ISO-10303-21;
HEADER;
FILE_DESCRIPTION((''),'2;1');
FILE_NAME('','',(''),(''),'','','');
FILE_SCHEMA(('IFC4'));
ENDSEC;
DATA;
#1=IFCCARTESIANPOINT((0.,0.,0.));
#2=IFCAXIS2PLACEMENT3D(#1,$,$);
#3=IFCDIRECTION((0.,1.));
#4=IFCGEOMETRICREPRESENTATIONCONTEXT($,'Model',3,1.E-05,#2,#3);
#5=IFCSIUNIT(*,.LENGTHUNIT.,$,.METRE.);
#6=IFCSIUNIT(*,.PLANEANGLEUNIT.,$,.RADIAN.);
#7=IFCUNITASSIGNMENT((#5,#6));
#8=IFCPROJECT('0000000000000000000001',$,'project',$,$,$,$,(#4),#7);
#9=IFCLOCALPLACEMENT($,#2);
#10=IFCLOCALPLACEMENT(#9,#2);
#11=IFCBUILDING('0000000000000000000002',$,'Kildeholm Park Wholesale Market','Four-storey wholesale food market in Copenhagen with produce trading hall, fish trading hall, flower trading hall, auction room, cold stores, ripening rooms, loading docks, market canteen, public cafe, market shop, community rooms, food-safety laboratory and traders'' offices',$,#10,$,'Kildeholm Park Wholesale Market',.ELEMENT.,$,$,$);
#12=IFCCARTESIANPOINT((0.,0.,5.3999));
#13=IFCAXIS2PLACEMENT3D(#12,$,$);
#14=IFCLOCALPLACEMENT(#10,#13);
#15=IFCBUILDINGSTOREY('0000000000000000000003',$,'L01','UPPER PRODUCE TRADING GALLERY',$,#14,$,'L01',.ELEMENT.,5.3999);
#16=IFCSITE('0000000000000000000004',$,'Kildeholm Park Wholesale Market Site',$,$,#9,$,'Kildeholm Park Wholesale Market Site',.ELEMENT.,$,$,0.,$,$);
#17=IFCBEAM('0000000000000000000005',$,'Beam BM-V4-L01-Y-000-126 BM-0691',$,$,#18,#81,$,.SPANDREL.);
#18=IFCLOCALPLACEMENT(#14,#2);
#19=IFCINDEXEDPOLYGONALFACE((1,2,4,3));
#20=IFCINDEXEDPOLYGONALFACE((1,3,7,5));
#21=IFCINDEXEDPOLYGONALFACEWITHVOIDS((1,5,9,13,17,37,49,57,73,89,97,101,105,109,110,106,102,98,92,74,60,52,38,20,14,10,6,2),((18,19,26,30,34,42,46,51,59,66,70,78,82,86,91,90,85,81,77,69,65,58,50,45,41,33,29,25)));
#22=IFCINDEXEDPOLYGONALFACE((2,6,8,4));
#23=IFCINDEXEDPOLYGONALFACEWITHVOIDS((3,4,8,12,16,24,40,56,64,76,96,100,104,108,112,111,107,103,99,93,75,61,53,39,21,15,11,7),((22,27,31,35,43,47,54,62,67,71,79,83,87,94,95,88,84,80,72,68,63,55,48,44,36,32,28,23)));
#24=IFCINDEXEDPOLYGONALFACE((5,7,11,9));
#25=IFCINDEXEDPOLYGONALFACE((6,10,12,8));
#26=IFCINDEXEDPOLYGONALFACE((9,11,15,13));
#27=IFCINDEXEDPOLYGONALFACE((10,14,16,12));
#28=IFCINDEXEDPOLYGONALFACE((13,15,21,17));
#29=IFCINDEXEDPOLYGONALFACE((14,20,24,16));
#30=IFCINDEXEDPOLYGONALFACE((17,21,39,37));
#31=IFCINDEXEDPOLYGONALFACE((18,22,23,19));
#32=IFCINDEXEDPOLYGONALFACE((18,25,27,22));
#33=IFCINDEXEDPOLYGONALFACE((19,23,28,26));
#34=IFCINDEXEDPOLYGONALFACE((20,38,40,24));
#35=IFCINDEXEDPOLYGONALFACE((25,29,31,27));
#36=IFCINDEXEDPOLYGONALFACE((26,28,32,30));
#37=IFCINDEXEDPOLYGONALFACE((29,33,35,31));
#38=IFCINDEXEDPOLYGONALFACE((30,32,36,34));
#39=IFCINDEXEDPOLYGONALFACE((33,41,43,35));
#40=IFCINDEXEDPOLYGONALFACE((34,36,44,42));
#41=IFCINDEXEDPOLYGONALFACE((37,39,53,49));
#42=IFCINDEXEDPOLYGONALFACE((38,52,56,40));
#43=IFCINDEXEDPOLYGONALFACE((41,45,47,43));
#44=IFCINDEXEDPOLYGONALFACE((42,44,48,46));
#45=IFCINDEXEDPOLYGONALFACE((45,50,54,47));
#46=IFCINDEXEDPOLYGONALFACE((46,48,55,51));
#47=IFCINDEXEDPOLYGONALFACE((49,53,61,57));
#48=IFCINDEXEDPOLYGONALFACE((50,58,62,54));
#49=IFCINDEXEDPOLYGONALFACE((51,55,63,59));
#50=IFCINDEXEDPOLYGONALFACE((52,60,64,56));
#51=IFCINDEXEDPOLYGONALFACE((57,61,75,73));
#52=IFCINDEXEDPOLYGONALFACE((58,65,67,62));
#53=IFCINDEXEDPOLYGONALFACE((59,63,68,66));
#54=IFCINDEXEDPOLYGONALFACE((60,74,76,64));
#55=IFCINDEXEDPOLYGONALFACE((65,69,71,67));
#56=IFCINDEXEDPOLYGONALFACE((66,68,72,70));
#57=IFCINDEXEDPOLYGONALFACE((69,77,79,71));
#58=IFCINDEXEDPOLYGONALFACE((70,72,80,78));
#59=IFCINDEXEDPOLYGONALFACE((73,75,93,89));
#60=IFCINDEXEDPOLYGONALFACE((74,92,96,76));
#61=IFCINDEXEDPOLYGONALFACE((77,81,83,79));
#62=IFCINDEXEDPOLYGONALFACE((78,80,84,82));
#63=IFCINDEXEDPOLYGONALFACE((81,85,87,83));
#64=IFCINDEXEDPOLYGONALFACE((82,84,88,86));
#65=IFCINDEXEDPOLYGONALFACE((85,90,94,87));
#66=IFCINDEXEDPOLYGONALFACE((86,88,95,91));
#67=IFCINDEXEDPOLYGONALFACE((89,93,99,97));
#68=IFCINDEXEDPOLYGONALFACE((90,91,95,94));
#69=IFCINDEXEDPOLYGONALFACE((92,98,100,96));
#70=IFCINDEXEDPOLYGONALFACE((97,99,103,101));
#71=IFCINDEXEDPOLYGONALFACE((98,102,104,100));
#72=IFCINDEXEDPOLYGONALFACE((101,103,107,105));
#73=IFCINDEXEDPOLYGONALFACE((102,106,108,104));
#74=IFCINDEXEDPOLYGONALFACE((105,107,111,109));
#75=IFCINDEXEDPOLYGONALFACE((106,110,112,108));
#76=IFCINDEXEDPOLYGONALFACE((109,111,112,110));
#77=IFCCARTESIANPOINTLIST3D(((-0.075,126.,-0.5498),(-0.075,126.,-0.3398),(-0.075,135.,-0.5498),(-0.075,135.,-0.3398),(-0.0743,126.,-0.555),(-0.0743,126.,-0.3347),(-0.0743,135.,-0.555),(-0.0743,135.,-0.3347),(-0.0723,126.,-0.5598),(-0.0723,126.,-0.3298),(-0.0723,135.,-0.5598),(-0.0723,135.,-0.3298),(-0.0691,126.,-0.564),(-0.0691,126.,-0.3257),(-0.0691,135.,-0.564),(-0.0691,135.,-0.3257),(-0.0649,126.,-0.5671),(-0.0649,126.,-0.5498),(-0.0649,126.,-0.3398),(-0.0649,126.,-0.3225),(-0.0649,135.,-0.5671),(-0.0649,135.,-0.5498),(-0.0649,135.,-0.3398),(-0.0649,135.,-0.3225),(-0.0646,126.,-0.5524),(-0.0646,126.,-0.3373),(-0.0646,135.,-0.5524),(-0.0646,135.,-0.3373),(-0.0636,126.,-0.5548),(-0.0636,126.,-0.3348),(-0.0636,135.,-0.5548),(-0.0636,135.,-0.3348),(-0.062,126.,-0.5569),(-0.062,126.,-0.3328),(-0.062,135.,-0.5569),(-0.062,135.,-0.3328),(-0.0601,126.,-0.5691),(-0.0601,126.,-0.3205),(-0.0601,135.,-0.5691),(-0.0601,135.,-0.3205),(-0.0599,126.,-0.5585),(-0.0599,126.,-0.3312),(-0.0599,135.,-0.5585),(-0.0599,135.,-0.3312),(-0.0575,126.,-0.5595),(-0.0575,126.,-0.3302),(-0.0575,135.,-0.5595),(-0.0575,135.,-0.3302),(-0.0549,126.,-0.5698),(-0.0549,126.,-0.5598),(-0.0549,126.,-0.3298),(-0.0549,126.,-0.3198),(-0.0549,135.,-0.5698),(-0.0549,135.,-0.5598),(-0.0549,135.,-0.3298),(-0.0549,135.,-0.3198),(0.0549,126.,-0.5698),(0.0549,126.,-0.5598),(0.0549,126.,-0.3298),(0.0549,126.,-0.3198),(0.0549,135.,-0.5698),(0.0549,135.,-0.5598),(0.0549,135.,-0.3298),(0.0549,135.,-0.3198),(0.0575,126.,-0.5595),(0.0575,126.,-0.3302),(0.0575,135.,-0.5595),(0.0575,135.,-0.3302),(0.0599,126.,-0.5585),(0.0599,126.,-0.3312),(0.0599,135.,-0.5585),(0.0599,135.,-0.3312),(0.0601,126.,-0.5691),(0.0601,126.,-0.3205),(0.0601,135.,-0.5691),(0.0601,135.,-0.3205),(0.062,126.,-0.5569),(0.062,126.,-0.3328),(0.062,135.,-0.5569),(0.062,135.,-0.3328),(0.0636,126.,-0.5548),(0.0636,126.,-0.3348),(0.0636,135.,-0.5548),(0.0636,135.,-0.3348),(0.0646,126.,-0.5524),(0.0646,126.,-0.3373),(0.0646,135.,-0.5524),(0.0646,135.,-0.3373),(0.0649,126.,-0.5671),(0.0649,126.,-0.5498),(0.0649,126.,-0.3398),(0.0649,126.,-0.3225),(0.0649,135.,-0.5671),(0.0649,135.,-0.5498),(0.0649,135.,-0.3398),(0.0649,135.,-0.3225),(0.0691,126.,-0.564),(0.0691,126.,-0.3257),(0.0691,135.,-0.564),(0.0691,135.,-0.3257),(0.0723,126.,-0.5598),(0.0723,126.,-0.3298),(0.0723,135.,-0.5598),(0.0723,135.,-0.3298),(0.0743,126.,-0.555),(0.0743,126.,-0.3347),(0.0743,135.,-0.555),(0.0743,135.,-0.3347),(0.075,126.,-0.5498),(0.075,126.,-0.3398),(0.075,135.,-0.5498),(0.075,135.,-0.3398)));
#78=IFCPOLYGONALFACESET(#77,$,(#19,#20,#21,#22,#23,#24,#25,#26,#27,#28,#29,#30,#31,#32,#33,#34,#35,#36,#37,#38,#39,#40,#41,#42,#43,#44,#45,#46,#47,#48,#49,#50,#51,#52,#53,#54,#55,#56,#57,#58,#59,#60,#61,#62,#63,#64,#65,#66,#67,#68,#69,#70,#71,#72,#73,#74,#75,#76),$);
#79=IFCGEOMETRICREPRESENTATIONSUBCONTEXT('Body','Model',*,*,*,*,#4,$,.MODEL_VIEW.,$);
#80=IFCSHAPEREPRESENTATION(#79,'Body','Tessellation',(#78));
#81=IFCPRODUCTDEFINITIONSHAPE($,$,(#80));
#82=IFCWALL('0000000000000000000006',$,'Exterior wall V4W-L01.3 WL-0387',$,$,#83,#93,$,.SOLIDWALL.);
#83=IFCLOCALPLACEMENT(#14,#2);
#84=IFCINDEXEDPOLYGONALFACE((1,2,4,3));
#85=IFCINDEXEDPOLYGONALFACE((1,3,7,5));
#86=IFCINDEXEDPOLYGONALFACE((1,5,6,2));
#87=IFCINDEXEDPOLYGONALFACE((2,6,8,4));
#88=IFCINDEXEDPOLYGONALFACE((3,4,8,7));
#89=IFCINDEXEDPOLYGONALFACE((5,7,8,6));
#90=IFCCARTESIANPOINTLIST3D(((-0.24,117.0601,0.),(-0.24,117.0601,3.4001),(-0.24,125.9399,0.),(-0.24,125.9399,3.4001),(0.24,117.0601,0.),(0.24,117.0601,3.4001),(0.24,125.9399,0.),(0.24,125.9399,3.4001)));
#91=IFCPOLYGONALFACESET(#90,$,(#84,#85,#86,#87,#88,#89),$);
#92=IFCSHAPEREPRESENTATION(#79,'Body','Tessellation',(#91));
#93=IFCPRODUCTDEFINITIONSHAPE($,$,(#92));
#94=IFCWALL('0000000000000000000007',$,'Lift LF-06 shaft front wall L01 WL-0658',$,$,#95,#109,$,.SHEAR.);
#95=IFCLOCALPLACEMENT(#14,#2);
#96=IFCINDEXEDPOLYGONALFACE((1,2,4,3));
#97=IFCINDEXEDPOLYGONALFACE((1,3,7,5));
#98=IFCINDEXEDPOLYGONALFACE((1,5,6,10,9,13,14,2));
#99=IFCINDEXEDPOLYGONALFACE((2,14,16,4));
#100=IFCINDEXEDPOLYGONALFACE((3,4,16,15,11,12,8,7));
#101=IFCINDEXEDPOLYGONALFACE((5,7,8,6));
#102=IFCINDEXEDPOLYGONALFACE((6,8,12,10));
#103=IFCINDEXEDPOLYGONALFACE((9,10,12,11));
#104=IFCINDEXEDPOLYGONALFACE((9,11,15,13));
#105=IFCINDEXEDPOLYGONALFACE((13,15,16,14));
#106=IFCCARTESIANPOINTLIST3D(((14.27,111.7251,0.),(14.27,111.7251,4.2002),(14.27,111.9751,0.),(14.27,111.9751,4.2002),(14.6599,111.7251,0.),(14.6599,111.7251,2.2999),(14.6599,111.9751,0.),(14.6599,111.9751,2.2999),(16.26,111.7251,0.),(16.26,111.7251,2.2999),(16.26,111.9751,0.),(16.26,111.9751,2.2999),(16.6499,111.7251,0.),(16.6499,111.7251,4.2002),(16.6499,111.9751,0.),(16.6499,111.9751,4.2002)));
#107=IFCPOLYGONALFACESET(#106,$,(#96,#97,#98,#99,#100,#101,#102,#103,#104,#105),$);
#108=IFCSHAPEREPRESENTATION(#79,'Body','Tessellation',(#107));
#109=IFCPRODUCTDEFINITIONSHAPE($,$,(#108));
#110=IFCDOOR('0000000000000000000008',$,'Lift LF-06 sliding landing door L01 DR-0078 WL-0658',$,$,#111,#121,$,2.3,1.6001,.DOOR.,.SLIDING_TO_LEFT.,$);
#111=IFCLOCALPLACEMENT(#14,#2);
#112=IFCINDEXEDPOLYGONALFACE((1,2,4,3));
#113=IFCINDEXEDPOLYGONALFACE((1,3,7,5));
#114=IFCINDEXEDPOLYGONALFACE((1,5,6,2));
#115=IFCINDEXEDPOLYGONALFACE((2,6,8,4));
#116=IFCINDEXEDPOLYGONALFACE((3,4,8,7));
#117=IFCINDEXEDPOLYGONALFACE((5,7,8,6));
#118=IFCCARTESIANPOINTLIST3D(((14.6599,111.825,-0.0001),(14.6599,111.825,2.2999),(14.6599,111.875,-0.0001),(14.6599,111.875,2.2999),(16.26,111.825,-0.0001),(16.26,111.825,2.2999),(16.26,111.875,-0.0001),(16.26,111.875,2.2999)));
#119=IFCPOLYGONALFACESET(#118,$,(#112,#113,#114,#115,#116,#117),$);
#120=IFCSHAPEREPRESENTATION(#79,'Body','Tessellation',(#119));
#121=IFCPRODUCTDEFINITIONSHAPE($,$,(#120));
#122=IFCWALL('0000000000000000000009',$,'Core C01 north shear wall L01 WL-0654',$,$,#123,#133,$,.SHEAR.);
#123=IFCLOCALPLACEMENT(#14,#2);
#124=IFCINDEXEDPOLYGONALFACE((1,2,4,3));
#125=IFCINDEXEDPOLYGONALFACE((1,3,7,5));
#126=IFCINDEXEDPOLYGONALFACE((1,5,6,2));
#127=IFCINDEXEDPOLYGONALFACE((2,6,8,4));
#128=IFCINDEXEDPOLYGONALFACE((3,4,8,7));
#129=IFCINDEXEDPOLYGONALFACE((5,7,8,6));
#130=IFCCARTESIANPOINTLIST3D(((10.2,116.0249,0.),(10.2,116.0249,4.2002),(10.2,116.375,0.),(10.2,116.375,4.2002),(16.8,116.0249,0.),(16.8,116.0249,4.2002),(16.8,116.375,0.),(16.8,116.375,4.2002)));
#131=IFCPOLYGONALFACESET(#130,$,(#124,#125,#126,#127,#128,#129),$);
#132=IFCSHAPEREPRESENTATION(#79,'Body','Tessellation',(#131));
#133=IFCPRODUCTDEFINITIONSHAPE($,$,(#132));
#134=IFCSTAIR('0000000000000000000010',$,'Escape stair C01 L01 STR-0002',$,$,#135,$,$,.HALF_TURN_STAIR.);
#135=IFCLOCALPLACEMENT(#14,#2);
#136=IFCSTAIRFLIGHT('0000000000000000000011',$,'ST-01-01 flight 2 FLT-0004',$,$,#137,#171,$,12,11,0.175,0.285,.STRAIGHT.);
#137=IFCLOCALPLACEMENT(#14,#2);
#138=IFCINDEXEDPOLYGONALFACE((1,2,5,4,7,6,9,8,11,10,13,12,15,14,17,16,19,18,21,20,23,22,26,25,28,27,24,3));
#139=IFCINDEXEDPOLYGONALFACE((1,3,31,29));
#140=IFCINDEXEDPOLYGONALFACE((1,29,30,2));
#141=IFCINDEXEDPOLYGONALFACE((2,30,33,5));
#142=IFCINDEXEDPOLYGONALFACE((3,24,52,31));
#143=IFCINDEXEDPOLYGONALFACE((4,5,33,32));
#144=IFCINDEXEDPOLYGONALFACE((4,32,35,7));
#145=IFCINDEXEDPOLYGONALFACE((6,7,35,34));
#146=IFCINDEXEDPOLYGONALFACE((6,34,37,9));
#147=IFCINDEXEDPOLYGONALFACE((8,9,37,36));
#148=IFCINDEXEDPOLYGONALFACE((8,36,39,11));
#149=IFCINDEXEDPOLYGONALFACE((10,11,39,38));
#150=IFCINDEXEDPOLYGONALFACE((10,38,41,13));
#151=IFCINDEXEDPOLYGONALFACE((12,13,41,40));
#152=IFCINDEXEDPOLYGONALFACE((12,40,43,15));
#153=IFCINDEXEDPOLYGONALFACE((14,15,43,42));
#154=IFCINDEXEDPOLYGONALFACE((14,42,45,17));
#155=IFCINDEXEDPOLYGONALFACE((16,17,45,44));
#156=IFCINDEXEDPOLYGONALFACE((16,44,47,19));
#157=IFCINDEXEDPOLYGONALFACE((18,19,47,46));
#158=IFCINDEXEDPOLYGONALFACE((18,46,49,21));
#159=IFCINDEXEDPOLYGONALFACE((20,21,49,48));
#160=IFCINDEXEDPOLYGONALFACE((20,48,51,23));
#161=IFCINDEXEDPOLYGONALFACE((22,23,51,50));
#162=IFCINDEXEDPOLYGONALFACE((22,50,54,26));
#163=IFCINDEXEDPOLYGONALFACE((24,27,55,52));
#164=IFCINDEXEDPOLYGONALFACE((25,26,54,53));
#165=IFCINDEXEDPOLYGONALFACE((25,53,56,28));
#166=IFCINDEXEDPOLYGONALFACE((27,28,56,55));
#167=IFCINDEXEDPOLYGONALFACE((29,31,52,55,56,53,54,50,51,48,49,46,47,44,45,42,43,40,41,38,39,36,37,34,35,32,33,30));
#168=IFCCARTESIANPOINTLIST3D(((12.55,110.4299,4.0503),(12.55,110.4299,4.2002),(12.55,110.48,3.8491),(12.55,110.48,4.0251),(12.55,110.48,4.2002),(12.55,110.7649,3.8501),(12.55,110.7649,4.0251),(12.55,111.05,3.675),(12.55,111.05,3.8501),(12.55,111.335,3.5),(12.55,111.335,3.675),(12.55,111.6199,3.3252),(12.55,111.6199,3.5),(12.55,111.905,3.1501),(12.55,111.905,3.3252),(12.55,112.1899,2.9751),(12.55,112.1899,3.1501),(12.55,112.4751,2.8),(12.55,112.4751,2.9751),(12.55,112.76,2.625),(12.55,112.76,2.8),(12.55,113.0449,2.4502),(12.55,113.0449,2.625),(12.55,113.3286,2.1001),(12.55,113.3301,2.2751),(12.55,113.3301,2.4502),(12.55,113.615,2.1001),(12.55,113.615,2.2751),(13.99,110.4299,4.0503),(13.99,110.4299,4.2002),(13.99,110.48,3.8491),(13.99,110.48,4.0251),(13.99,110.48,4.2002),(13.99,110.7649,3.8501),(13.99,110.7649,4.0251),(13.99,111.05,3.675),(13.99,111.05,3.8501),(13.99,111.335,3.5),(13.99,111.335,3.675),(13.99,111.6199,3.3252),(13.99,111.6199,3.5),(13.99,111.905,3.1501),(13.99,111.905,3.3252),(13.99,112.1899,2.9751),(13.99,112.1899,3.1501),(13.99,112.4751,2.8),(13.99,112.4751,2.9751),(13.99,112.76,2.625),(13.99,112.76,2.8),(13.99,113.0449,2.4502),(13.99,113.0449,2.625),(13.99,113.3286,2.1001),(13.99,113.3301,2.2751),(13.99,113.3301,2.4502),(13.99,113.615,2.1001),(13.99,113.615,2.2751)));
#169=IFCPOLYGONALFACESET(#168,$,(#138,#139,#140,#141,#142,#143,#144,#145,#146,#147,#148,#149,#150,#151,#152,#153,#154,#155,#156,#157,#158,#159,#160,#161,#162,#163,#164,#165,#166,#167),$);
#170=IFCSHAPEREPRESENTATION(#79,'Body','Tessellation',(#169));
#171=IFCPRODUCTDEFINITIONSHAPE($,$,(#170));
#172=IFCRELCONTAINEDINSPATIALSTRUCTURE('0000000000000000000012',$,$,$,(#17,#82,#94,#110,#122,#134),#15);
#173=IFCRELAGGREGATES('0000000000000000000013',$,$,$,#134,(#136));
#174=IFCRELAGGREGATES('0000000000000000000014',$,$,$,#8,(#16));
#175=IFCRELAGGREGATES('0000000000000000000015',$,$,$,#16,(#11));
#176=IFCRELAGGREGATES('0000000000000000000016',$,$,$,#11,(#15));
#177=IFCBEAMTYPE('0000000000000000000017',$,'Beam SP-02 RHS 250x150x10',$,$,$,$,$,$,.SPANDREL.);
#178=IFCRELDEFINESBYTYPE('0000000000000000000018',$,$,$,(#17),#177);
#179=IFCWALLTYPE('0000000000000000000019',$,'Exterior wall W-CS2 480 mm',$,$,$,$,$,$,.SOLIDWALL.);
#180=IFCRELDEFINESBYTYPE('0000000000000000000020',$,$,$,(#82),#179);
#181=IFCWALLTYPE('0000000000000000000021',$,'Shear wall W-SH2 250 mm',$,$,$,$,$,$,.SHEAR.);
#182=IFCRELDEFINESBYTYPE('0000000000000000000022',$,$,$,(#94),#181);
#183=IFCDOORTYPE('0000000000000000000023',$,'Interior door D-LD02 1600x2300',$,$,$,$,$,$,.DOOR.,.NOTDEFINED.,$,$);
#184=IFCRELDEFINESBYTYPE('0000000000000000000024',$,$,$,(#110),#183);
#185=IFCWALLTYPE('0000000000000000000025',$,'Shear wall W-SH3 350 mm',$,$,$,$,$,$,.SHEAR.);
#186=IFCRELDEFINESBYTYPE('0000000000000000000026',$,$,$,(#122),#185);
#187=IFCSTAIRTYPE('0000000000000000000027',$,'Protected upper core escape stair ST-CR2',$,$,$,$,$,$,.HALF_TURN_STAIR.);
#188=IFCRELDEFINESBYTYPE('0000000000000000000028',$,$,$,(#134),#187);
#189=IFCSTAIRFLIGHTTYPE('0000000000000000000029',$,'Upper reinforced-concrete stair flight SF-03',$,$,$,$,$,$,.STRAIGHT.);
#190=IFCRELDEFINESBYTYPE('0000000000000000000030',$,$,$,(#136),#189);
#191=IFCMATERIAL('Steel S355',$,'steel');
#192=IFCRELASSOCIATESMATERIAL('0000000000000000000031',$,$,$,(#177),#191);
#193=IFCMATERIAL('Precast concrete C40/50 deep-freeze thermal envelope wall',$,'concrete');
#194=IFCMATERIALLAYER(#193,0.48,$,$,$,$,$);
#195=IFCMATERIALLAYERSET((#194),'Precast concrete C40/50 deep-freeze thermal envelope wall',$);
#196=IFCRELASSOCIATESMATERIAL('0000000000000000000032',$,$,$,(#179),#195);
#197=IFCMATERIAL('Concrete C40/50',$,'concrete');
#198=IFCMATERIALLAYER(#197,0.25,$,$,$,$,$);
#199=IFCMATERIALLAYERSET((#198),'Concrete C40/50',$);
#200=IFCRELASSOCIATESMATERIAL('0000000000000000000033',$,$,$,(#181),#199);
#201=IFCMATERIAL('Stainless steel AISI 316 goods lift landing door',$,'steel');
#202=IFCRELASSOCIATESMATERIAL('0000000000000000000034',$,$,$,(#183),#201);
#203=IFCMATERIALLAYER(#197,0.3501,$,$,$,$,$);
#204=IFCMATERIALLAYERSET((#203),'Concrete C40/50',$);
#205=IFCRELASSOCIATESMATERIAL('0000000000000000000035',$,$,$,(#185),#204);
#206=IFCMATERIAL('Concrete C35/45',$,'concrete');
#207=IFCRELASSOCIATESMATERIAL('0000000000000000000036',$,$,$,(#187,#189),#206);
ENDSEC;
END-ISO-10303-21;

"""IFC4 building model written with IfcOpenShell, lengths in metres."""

from ifc_helpers import new_model, si_unit, direction, frame, frame_2d, origin, origin_2d, place, context, subcontext, project, spatial, polyline, rectangle, hollow_rectangle, outline, extrude, material, layer, layer_set, material_profile, profile_set, type_object, element, fill, aggregate, save


model = new_model("IFC4")

# Units and contexts
model_context = context("Model", 3, precision=1e-05, world=origin(), true_north=direction((0.0, 1.0)))
body_context = subcontext(model_context, "Body", "Model", "MODEL_VIEW")
ifc_project = project(units=[si_unit("LENGTHUNIT", "METRE"), si_unit("PLANEANGLEUNIT", "RADIAN")], contexts=[model_context])

# Site, building, storey
site_placement = place(None, origin())
site = spatial("IfcSite", under=ifc_project, at=site_placement, Name="Kildeholm Park Wholesale Market Site", LongName="Kildeholm Park Wholesale Market Site", CompositionType="ELEMENT", RefElevation=0.0)
building_placement = place(site_placement, origin())
building = spatial("IfcBuilding", under=site, at=building_placement, Name="Kildeholm Park Wholesale Market", Description="Four-storey wholesale food market in Copenhagen with produce trading hall, fish trading hall, flower trading hall, auction room, cold stores, ripening rooms, loading docks, market canteen, public cafe, market shop, community rooms, food-safety laboratory and traders' offices", LongName="Kildeholm Park Wholesale Market", CompositionType="ELEMENT")
storey_placement = place(building_placement, frame((0.0, 0.0, 5.3999)))
storey = spatial("IfcBuildingStorey", under=building, at=storey_placement, Name="L01", Description="UPPER PRODUCE TRADING GALLERY", LongName="L01", CompositionType="ELEMENT", Elevation=5.3999)

# Shared definitions
ifc_material_1 = material(Name="Concrete C40/50", Category="concrete")

# Beam
ifc_material_2 = material(Name="Steel S355", Category="steel")
ifc_material_profile_1 = material_profile(ifc_material_2, hollow_rectangle(XDim=0.1499, YDim=0.25, WallThickness=0.01, InnerFilletRadius=0.01, OuterFilletRadius=0.02, at=origin_2d()), Name="RHS 250x150x10")
ifc_profile_set_1 = profile_set([ifc_material_profile_1], Name="Steel S355")
beam_type_1 = type_object("IfcBeamType", Name="Beam SP-02 RHS 250x150x10", PredefinedType="SPANDREL", material=ifc_profile_set_1)
for number, where, z_axis, x_axis, name in (
    (1, (0.0, 126.0, -0.4448), (0.0, 1.0, 0.0), (-1.0, 0.0, 0.0), "Beam BM-V4-L01-Y-000-126 BM-0691"),
):
    element("IfcBeam", number, at=place(storey_placement, frame(where, z_axis=z_axis, x_axis=x_axis)), inside=storey, type_object=beam_type_1, Name=name, PredefinedType="SPANDREL", context=body_context, shape_type="SweptSolid", body=[
        extrude(hollow_rectangle(XDim=0.1499, YDim=0.25, WallThickness=0.01, InnerFilletRadius=0.01, OuterFilletRadius=0.02, at=origin_2d()), origin(), (0.0, 0.0, 1.0), 9.0),
    ])

# Wall
ifc_material_3 = material(Name="Precast concrete C40/50 deep-freeze thermal envelope wall", Category="concrete")
ifc_layer_1 = layer(ifc_material_3, 0.48)
ifc_layer_set_1 = layer_set([ifc_layer_1], Name="Precast concrete C40/50 deep-freeze thermal envelope wall")
wall_type_1 = type_object("IfcWallType", Name="Exterior wall W-CS2 480 mm", PredefinedType="SOLIDWALL", material=ifc_layer_set_1)
wall_1_placement = place(storey_placement, frame((0.0, 117.0601, 0.0), z_axis=(0.0, 0.0, 1.0), x_axis=(0.0, 1.0, 0.0)))
element("IfcWall", 2, at=wall_1_placement, inside=storey, type_object=wall_type_1, Name="Exterior wall V4W-L01.3 WL-0387", PredefinedType="SOLIDWALL", context=body_context, shape_type="SweptSolid", body=[
    extrude(rectangle(XDim=8.8799, YDim=0.48, at=frame_2d((4.4399, 0.0))), origin(), (0.0, 0.0, 1.0), 3.4001),
])

# Wall, opening, door
ifc_layer_2 = layer(ifc_material_1, 0.25)
ifc_layer_set_2 = layer_set([ifc_layer_2], Name="Concrete C40/50")
wall_type_2 = type_object("IfcWallType", Name="Shear wall W-SH2 250 mm", PredefinedType="SHEAR", material=ifc_layer_set_2)
wall_2_placement = place(storey_placement, frame((14.27, 111.8501, 0.0), z_axis=(0.0, 0.0, 1.0), x_axis=(1.0, 0.0, 0.0)))
wall_2 = element("IfcWall", 3, at=wall_2_placement, inside=storey, type_object=wall_type_2, Name="Lift LF-06 shaft front wall L01 WL-0658", PredefinedType="SHEAR", context=body_context, shape_type="SweptSolid", body=[
    extrude(rectangle(XDim=2.3799, YDim=0.25, at=frame_2d((1.1899, 0.0))), origin(), (0.0, 0.0, 1.0), 4.2002),
])
opening_placement = place(wall_2_placement, frame((0.3899, 0.0, 0.0)))
opening = element("IfcOpeningElement", 4, at=opening_placement, cuts=wall_2, PredefinedType="OPENING", context=body_context, shape_type="SweptSolid", body=[
    extrude(rectangle(XDim=1.6001, YDim=2.3, at=frame_2d((0.8, 1.1499))), frame((0.0, 0.135, 0.0), z_axis=(0.0, -1.0, 0.0), x_axis=(1.0, 0.0, 0.0)), (0.0, 0.0, 1.0), 0.27),
])
ifc_material_4 = material(Name="Stainless steel AISI 316 goods lift landing door", Category="steel")
door_type = type_object("IfcDoorType", Name="Interior door D-LD02 1600x2300", OperationType="NOTDEFINED", PredefinedType="DOOR", material=ifc_material_4)
door_placement = place(opening_placement, origin())
door = element("IfcDoor", 5, at=door_placement, inside=storey, type_object=door_type, Name="Lift LF-06 sliding landing door L01 DR-0078 WL-0658", OperationType="SLIDING_TO_LEFT", OverallHeight=2.3, OverallWidth=1.6001, PredefinedType="DOOR", context=body_context, shape_type="SweptSolid", body=[
    extrude(rectangle(XDim=1.6001, YDim=2.3, at=frame_2d((0.8, 1.1499))), frame((0.0, 0.0249, 0.0), z_axis=(0.0, -1.0, 0.0), x_axis=(1.0, 0.0, 0.0)), (0.0, 0.0, 1.0), 0.05),
])
fill(opening, door)

# Wall
ifc_layer_3 = layer(ifc_material_1, 0.3501)
ifc_layer_set_3 = layer_set([ifc_layer_3], Name="Concrete C40/50")
wall_type_3 = type_object("IfcWallType", Name="Shear wall W-SH3 350 mm", PredefinedType="SHEAR", material=ifc_layer_set_3)
wall_3_placement = place(storey_placement, frame((10.2, 116.2, 0.0), z_axis=(0.0, 0.0, 1.0), x_axis=(1.0, 0.0, 0.0)))
element("IfcWall", 6, at=wall_3_placement, inside=storey, type_object=wall_type_3, Name="Core C01 north shear wall L01 WL-0654", PredefinedType="SHEAR", context=body_context, shape_type="SweptSolid", body=[
    extrude(rectangle(XDim=6.6001, YDim=0.3501, at=frame_2d((3.3, 0.0))), origin(), (0.0, 0.0, 1.0), 4.2002),
])

# Stair, stair flight
ifc_material_5 = material(Name="Concrete C35/45", Category="concrete")
stair_type = type_object("IfcStairType", Name="Protected upper core escape stair ST-CR2", PredefinedType="HALF_TURN_STAIR", material=ifc_material_5)
stair_placement = place(storey_placement, origin())
stair = element("IfcStair", 7, at=stair_placement, inside=storey, type_object=stair_type, Name="Escape stair C01 L01 STR-0002", PredefinedType="HALF_TURN_STAIR")
stair_flight_type = type_object("IfcStairFlightType", Name="Upper reinforced-concrete stair flight SF-03", PredefinedType="STRAIGHT", material=ifc_material_5)
stair_flight_placement = place(storey_placement, frame((13.27, 113.615, 2.1001), z_axis=(0.0, 0.0, 1.0), x_axis=(0.0, -1.0, 0.0)))
stair_flight = element("IfcStairFlight", 8, at=stair_flight_placement, type_object=stair_flight_type, Name="ST-01-01 flight 2 FLT-0004", NumberOfRisers=12, NumberOfTreads=11, PredefinedType="STRAIGHT", RiserHeight=0.175, TreadLength=0.285, context=body_context, shape_type="SweptSolid", body=[
    extrude(outline(polyline([(0.0, 0.0), (0.0, 0.175), (0.2849, 0.175), (0.2849, 0.3501), (0.5701, 0.3501), (0.5701, 0.5249), (0.855, 0.5249), (0.855, 0.7), (1.1399, 0.7), (1.1399, 0.875), (1.425, 0.875), (1.425, 1.05), (1.71, 1.05), (1.71, 1.2251), (1.9951, 1.2251), (1.9951, 1.3999), (2.28, 1.3999), (2.28, 1.575), (2.5649, 1.575), (2.5649, 1.75), (2.8501, 1.75), (2.8501, 1.925), (3.135, 1.925), (3.135, 2.1001), (3.1851, 2.1001), (3.1851, 1.9502), (3.135, 1.749), (0.2864, 0.0), (0.0, 0.0)])), frame((0.0, 0.72, 0.0), z_axis=(0.0, -1.0, 0.0), x_axis=(1.0, 0.0, 0.0)), (0.0, 0.0, 1.0), 1.4399),
])
aggregate(stair, [stair_flight])

save(model, "model.ifc")
